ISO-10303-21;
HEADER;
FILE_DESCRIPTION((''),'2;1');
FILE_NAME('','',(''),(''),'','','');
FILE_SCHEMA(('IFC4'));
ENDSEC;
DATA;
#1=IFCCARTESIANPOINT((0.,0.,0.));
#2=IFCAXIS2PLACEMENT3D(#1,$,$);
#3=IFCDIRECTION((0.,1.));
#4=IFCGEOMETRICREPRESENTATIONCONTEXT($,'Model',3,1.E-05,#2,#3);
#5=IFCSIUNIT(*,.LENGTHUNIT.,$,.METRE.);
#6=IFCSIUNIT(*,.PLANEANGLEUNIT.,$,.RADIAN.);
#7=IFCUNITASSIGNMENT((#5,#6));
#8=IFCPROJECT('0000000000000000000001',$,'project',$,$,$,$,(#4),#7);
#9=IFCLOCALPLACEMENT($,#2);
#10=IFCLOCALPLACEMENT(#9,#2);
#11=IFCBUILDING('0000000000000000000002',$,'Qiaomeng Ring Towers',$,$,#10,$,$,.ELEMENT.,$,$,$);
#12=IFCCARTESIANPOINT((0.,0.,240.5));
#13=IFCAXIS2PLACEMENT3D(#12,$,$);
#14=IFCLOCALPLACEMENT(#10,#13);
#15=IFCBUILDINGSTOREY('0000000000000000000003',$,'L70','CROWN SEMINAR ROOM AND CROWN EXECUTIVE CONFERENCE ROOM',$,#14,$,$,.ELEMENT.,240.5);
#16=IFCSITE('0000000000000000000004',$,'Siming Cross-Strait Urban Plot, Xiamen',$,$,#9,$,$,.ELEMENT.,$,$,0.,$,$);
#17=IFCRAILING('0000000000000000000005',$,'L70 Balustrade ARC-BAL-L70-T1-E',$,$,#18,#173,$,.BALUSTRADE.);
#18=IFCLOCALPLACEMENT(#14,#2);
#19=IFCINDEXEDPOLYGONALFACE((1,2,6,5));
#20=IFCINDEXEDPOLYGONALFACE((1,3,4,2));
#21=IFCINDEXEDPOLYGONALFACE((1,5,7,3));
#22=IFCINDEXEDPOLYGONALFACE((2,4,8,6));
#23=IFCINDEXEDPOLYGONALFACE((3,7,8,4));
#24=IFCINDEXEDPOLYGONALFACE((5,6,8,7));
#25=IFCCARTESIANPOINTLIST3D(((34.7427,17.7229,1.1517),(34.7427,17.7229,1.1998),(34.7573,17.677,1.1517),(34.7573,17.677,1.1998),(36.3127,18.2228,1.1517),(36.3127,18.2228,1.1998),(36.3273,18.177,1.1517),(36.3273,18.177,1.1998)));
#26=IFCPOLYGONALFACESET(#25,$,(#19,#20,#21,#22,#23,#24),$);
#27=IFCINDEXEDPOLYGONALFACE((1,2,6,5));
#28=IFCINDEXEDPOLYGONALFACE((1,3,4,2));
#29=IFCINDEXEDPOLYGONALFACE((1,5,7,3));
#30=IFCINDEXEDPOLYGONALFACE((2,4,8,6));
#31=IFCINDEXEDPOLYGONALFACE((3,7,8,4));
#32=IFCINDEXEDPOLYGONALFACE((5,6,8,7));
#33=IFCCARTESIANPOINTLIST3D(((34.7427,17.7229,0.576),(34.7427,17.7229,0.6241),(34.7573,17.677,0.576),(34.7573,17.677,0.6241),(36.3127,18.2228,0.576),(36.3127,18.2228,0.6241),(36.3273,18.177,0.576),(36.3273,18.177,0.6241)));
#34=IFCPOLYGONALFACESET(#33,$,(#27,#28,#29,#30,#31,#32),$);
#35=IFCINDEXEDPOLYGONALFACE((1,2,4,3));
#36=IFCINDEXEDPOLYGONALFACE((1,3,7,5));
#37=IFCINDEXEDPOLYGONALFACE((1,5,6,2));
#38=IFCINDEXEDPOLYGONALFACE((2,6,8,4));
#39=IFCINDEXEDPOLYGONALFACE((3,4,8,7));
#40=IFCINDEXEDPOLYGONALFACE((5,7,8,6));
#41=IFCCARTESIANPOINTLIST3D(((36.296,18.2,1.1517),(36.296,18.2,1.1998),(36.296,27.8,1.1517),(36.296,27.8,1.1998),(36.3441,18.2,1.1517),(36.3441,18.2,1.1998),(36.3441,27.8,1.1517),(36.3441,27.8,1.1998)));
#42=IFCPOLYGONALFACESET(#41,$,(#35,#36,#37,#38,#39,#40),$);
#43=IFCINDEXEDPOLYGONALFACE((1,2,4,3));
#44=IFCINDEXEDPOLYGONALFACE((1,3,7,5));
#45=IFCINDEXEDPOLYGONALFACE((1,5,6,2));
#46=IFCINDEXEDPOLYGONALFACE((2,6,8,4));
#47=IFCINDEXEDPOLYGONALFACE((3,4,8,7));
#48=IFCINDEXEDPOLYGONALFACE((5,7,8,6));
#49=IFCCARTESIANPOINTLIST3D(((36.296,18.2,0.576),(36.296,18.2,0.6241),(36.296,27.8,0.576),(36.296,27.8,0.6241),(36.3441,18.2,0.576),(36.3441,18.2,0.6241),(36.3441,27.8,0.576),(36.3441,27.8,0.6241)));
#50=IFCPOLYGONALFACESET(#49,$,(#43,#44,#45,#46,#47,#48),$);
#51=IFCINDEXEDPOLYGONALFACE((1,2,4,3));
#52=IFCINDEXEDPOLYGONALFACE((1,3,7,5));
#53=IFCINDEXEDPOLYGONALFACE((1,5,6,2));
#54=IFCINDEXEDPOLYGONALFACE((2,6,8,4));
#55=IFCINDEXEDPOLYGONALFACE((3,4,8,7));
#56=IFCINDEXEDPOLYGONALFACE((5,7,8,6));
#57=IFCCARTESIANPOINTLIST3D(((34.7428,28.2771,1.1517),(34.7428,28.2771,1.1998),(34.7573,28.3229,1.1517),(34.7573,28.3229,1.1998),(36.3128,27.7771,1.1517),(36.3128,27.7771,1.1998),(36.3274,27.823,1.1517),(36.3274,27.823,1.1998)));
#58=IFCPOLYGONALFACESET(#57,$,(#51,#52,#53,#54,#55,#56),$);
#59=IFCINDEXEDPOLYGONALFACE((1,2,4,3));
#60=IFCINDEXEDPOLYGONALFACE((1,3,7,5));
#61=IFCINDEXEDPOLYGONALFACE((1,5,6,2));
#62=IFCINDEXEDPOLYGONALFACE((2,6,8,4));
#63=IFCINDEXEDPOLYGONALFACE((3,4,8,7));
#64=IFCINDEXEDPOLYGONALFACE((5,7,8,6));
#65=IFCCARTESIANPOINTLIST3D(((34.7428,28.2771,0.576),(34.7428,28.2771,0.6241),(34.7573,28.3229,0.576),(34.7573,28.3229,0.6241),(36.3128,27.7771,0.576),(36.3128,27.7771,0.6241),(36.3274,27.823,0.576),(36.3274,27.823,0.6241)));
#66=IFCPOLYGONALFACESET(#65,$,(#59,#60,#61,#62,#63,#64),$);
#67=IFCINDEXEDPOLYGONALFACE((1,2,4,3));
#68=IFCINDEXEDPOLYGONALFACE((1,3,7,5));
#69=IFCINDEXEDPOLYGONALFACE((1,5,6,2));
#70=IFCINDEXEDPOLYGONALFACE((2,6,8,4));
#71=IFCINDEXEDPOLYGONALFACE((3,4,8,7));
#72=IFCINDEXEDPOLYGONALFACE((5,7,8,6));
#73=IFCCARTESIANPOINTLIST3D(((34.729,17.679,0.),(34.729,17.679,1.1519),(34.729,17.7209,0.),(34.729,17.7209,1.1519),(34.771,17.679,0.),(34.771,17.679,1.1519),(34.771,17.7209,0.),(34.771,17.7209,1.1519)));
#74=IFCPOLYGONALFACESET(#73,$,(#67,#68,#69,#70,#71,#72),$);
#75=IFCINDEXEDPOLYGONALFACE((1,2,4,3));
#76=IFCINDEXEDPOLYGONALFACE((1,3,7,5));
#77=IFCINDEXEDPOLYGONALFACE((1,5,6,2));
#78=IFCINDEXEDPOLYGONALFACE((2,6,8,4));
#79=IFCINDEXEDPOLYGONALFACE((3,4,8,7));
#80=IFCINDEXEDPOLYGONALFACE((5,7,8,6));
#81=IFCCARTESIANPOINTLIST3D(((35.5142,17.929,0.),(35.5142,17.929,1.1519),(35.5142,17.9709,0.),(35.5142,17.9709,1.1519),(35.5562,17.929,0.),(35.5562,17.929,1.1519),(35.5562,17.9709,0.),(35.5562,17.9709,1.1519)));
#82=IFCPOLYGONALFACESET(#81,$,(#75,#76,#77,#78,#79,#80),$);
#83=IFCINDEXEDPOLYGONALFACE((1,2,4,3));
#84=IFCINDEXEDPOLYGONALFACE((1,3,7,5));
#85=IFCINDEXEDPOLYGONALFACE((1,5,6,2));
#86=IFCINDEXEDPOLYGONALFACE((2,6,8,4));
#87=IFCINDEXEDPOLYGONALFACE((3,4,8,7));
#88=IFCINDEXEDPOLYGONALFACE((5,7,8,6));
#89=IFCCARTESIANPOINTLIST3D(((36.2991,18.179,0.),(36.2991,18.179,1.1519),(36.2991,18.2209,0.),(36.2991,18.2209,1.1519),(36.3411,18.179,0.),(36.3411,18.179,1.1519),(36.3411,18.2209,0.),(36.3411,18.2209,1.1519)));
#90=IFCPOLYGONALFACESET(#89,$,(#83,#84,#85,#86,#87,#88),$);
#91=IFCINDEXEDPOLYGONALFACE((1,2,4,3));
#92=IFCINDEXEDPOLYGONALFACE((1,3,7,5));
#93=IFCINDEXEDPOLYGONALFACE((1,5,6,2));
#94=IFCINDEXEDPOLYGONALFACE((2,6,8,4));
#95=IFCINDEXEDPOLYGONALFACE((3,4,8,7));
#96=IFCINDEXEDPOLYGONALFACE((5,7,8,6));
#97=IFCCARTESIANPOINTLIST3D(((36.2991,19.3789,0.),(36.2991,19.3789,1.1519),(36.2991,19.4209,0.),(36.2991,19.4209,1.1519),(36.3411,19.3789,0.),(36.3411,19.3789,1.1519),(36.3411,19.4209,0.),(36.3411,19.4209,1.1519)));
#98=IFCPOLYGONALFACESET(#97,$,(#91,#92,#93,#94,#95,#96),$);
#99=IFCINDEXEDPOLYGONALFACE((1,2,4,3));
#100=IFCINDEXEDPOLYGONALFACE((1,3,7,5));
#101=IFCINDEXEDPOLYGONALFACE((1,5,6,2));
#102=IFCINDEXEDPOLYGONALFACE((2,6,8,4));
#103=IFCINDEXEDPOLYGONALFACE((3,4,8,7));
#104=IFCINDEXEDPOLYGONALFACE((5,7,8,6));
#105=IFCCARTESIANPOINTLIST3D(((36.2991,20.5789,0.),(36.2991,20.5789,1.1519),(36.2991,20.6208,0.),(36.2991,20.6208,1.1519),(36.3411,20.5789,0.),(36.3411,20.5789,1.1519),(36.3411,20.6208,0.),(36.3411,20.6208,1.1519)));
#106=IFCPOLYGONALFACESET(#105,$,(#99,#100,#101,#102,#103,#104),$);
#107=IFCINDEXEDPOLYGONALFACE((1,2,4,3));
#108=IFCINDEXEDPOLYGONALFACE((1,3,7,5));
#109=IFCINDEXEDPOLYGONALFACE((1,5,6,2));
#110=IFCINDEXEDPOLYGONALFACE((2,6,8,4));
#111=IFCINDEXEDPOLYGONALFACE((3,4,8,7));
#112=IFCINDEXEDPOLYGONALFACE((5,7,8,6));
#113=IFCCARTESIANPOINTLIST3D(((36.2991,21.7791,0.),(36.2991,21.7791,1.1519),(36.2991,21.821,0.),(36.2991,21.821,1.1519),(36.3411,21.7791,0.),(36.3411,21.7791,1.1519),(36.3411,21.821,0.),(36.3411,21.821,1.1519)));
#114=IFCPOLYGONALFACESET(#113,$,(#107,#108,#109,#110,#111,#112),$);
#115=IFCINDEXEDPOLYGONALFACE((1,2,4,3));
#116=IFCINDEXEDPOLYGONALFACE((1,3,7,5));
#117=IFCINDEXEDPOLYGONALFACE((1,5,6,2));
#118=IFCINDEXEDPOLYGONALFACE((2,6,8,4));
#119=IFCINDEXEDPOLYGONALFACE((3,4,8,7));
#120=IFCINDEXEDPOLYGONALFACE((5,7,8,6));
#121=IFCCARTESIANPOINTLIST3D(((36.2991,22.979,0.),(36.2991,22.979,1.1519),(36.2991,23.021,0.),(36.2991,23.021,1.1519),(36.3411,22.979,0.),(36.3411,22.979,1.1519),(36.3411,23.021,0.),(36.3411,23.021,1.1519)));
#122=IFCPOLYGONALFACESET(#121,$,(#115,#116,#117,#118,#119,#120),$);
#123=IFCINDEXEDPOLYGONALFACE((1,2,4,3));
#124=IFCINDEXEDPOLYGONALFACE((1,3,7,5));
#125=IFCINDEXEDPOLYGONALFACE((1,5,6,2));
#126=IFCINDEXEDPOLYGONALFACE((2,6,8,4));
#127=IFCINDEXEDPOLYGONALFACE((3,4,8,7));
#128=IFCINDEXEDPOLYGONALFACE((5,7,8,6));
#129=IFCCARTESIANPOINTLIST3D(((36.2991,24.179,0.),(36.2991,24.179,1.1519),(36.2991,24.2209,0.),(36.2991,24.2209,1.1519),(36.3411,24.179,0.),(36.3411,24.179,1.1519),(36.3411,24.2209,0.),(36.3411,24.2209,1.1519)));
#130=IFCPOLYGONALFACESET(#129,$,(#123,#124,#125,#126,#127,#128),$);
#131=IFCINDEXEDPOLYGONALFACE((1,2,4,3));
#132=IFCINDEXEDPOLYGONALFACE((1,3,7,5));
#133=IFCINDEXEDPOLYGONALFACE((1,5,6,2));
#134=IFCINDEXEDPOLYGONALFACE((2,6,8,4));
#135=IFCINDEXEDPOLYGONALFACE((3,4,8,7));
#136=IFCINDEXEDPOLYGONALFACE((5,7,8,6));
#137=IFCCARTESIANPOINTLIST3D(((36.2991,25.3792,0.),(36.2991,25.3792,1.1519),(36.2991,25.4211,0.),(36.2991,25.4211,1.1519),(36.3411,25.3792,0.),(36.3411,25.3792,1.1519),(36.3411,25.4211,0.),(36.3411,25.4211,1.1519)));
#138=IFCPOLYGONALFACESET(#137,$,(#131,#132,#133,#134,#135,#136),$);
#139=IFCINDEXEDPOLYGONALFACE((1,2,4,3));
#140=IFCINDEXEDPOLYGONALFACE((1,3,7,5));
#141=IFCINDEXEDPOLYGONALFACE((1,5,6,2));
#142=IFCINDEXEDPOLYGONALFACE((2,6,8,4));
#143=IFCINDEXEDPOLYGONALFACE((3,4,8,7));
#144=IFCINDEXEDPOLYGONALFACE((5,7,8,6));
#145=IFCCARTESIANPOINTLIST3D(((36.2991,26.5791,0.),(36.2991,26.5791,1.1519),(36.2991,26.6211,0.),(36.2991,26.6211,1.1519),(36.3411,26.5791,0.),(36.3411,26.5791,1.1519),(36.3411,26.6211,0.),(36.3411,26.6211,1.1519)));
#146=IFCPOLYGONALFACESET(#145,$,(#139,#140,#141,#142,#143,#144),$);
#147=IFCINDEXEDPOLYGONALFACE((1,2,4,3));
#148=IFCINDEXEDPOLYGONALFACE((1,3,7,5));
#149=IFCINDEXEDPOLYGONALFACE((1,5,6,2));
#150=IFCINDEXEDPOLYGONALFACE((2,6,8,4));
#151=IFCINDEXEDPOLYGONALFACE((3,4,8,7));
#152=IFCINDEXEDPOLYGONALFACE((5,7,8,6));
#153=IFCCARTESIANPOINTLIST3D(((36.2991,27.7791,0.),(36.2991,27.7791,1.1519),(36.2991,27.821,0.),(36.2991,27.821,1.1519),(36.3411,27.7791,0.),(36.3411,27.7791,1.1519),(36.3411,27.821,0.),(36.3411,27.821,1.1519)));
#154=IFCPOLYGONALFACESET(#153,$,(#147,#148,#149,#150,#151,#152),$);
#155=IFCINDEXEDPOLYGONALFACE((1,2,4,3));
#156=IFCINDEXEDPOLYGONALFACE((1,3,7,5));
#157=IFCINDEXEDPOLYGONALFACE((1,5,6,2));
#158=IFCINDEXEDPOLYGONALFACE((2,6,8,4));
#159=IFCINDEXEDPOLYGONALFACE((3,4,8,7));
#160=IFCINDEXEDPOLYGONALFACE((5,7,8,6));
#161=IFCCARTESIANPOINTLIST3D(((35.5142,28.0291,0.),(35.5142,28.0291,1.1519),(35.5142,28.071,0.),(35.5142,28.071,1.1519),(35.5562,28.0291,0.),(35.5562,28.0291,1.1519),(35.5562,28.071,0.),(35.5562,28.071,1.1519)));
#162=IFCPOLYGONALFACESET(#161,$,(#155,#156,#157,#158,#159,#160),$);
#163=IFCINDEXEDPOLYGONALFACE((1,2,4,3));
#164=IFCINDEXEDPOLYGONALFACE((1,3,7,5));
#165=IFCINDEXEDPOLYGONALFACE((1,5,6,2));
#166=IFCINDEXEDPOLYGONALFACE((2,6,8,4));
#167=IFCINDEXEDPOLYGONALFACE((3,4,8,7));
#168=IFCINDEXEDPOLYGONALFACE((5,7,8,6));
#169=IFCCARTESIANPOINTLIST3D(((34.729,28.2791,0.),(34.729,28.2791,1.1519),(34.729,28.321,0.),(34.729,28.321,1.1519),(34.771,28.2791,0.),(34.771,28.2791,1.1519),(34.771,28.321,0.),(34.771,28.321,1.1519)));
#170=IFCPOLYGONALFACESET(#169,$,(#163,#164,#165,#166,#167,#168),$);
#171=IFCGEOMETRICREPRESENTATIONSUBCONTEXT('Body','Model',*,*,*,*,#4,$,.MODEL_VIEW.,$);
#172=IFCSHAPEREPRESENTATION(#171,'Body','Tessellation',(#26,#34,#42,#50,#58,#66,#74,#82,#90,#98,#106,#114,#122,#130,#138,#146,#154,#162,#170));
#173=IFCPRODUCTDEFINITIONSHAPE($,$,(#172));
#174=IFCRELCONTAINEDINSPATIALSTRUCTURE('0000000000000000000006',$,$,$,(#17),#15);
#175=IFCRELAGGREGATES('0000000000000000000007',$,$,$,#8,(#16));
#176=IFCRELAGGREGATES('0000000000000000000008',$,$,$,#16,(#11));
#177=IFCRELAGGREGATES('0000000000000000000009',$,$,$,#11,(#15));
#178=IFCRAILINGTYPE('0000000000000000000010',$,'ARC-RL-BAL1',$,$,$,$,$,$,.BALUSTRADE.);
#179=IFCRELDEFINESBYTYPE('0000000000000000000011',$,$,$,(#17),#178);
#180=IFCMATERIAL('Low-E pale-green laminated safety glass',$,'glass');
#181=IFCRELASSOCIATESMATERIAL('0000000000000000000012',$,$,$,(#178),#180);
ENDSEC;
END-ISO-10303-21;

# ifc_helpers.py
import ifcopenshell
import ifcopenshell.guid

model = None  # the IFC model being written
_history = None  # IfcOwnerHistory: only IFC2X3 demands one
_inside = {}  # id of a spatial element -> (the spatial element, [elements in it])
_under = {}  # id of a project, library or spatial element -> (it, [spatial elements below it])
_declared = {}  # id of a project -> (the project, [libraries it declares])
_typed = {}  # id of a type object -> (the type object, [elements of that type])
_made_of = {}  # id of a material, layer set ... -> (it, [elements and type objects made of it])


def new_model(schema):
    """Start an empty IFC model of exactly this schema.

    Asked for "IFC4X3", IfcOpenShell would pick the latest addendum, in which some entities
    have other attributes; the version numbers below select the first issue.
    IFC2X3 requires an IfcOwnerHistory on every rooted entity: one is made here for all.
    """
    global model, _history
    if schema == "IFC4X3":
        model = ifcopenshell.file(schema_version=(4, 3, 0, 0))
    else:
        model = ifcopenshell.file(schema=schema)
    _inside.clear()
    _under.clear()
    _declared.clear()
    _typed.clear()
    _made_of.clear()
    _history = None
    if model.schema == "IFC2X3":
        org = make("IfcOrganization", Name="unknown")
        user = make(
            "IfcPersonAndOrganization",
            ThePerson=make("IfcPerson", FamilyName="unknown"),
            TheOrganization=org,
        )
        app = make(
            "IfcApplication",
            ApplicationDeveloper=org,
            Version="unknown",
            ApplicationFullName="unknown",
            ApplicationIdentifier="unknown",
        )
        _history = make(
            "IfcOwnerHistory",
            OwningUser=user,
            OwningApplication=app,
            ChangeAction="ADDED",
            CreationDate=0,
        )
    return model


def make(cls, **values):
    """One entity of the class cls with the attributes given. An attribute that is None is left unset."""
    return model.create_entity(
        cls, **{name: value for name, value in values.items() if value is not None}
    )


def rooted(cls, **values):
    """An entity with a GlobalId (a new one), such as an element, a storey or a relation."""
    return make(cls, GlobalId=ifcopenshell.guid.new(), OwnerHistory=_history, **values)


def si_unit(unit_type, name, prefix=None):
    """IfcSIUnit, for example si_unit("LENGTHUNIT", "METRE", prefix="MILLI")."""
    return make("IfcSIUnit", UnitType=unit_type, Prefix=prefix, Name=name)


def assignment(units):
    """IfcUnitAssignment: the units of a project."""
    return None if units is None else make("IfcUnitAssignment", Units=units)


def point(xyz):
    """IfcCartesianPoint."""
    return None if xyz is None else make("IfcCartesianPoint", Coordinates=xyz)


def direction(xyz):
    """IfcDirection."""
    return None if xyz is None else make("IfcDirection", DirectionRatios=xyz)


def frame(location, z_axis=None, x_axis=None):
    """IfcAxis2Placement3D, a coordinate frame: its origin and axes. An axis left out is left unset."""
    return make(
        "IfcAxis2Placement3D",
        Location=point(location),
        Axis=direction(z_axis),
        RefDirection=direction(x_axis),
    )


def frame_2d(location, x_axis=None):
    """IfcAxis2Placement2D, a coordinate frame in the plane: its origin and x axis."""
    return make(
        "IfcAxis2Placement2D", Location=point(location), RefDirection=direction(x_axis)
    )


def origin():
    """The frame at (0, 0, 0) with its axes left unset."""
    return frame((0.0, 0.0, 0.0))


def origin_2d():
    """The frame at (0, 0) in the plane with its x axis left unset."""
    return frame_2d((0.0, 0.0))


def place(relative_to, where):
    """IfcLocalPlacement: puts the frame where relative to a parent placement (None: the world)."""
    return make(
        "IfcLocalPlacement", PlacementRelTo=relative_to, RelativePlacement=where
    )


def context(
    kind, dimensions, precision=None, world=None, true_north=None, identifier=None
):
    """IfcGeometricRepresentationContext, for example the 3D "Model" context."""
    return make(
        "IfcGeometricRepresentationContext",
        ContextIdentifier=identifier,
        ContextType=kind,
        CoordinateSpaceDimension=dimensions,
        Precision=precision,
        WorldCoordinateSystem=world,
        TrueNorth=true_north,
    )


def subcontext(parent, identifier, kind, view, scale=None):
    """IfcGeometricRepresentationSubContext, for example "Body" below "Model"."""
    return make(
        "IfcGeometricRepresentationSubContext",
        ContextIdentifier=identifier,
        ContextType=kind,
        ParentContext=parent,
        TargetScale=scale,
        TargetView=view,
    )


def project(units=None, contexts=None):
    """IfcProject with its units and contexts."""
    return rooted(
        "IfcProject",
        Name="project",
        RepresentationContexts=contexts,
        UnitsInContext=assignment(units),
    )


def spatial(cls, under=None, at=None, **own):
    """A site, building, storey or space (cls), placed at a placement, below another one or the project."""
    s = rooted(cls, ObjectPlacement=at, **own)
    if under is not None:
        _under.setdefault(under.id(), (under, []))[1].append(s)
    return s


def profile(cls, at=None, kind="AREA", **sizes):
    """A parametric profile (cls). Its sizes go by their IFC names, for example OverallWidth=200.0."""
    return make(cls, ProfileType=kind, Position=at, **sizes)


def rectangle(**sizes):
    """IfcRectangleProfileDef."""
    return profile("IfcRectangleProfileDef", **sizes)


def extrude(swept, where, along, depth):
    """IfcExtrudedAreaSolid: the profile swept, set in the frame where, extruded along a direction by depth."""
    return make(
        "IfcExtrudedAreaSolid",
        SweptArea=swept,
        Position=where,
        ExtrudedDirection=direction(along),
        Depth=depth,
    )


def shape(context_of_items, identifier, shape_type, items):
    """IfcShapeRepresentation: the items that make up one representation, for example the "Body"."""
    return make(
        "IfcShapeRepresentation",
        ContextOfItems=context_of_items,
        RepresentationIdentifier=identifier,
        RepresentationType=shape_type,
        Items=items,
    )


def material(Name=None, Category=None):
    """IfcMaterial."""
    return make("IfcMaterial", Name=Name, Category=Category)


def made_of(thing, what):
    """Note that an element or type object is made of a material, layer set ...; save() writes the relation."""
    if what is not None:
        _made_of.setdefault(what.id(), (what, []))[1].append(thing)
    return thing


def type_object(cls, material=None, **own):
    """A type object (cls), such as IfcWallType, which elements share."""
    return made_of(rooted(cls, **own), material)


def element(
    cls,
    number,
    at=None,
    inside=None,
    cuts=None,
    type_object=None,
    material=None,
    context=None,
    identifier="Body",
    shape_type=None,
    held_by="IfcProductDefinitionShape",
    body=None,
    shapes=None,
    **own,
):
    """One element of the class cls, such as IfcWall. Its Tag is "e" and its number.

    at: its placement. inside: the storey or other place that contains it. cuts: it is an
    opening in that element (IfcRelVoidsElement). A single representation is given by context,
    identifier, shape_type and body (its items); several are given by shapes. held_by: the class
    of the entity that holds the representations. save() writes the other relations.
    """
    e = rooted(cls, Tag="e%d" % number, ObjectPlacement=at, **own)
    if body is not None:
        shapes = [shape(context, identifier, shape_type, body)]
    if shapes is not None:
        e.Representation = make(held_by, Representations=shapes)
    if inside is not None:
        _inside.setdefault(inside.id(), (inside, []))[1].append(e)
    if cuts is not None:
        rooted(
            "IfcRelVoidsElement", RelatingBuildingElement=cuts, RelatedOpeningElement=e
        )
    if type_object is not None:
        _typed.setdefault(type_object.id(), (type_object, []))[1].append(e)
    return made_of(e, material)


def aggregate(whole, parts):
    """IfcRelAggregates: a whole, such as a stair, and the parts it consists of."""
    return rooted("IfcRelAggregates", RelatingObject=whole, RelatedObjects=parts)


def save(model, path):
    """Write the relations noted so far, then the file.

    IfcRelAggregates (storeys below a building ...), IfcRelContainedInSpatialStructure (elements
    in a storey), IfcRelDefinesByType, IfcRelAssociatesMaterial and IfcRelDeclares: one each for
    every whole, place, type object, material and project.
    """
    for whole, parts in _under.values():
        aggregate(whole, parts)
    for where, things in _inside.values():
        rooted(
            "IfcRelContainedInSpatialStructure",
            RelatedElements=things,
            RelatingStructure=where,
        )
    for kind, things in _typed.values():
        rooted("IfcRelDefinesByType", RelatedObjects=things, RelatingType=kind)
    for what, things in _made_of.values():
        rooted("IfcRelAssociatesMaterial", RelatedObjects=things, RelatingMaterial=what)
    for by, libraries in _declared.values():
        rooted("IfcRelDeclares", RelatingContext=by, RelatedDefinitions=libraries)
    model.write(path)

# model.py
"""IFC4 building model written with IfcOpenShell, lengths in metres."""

from ifc_helpers import new_model, si_unit, direction, frame, origin, origin_2d, place, context, subcontext, project, spatial, rectangle, extrude, material, type_object, element, save


model = new_model("IFC4")

# Units and contexts
model_context = context("Model", 3, precision=1e-05, world=origin(), true_north=direction((0.0, 1.0)))
body_context = subcontext(model_context, "Body", "Model", "MODEL_VIEW")
ifc_project = project(units=[si_unit("LENGTHUNIT", "METRE"), si_unit("PLANEANGLEUNIT", "RADIAN")], contexts=[model_context])

# Site, building, storey
site_placement = place(None, origin())
site = spatial("IfcSite", under=ifc_project, at=site_placement, Name="Siming Cross-Strait Urban Plot, Xiamen", CompositionType="ELEMENT", RefElevation=0.0)
building_placement = place(site_placement, origin())
building = spatial("IfcBuilding", under=site, at=building_placement, Name="Qiaomeng Ring Towers", CompositionType="ELEMENT")
storey_placement = place(building_placement, frame((0.0, 0.0, 240.5)))
storey = spatial("IfcBuildingStorey", under=building, at=storey_placement, Name="L70", Description="CROWN SEMINAR ROOM AND CROWN EXECUTIVE CONFERENCE ROOM", CompositionType="ELEMENT", Elevation=240.5)

# Railing
ifc_material_1 = material(Name="Low-E pale-green laminated safety glass", Category="glass")
railing_type = type_object("IfcRailingType", Name="ARC-RL-BAL1", PredefinedType="BALUSTRADE", material=ifc_material_1)
railing_placement = place(storey_placement, frame((34.75, 17.7, 0.0)))
element("IfcRailing", 1, at=railing_placement, inside=storey, type_object=railing_type, Name="L70 Balustrade ARC-BAL-L70-T1-E", PredefinedType="BALUSTRADE", context=body_context, shape_type="SweptSolid", body=[
    extrude(rectangle(XDim=0.0481, YDim=0.0481, at=origin_2d()), frame((0.0, 0.0, 1.1758), z_axis=(0.95285, 0.303442, 0.0), x_axis=(-0.303442, 0.95285, 0.0)), (0.0, 0.0, 1.0), 1.6477),
    extrude(rectangle(XDim=0.0481, YDim=0.0481, at=origin_2d()), frame((0.0, 0.0, 0.6001), z_axis=(0.95285, 0.303442, 0.0), x_axis=(-0.303442, 0.95285, 0.0)), (0.0, 0.0, 1.0), 1.6477),
    extrude(rectangle(XDim=0.0481, YDim=0.0481, at=origin_2d()), frame((1.5701, 0.5, 1.1758), z_axis=(0.0, 1.0, 0.0), x_axis=(-1.0, 0.0, 0.0)), (0.0, 0.0, 1.0), 9.6001),
    extrude(rectangle(XDim=0.0481, YDim=0.0481, at=origin_2d()), frame((1.5701, 0.5, 0.6001), z_axis=(0.0, 1.0, 0.0), x_axis=(-1.0, 0.0, 0.0)), (0.0, 0.0, 1.0), 9.6001),
    extrude(rectangle(XDim=0.0481, YDim=0.0481, at=origin_2d()), frame((1.5701, 10.1001, 1.1758), z_axis=(-0.95285, 0.303442, 0.0), x_axis=(-0.303442, -0.95285, 0.0)), (0.0, 0.0, 1.0), 1.6477),
    extrude(rectangle(XDim=0.0481, YDim=0.0481, at=origin_2d()), frame((1.5701, 10.1001, 0.6001), z_axis=(-0.95285, 0.303442, 0.0), x_axis=(-0.303442, -0.95285, 0.0)), (0.0, 0.0, 1.0), 1.6477),
    extrude(rectangle(XDim=0.042, YDim=0.042, at=origin_2d()), origin(), (0.0, 0.0, 1.0), 1.1519),
    extrude(rectangle(XDim=0.042, YDim=0.042, at=origin_2d()), frame((0.7852, 0.25, 0.0)), (0.0, 0.0, 1.0), 1.1519),
    extrude(rectangle(XDim=0.042, YDim=0.042, at=origin_2d()), frame((1.5701, 0.5, 0.0)), (0.0, 0.0, 1.0), 1.1519),
    extrude(rectangle(XDim=0.042, YDim=0.042, at=origin_2d()), frame((1.5701, 1.7, 0.0)), (0.0, 0.0, 1.0), 1.1519),
    extrude(rectangle(XDim=0.042, YDim=0.042, at=origin_2d()), frame((1.5701, 2.8999, 0.0)), (0.0, 0.0, 1.0), 1.1519),
    extrude(rectangle(XDim=0.042, YDim=0.042, at=origin_2d()), frame((1.5701, 4.1001, 0.0)), (0.0, 0.0, 1.0), 1.1519),
    extrude(rectangle(XDim=0.042, YDim=0.042, at=origin_2d()), frame((1.5701, 5.3, 0.0)), (0.0, 0.0, 1.0), 1.1519),
    extrude(rectangle(XDim=0.042, YDim=0.042, at=origin_2d()), frame((1.5701, 6.5, 0.0)), (0.0, 0.0, 1.0), 1.1519),
    extrude(rectangle(XDim=0.042, YDim=0.042, at=origin_2d()), frame((1.5701, 7.7002, 0.0)), (0.0, 0.0, 1.0), 1.1519),
    extrude(rectangle(XDim=0.042, YDim=0.042, at=origin_2d()), frame((1.5701, 8.9001, 0.0)), (0.0, 0.0, 1.0), 1.1519),
    extrude(rectangle(XDim=0.042, YDim=0.042, at=origin_2d()), frame((1.5701, 10.1001, 0.0)), (0.0, 0.0, 1.0), 1.1519),
    extrude(rectangle(XDim=0.042, YDim=0.042, at=origin_2d()), frame((0.7852, 10.3501, 0.0)), (0.0, 0.0, 1.0), 1.1519),
    extrude(rectangle(XDim=0.042, YDim=0.042, at=origin_2d()), frame((0.0, 10.6001, 0.0)), (0.0, 0.0, 1.0), 1.1519),
])

save(model, "model.ifc")
